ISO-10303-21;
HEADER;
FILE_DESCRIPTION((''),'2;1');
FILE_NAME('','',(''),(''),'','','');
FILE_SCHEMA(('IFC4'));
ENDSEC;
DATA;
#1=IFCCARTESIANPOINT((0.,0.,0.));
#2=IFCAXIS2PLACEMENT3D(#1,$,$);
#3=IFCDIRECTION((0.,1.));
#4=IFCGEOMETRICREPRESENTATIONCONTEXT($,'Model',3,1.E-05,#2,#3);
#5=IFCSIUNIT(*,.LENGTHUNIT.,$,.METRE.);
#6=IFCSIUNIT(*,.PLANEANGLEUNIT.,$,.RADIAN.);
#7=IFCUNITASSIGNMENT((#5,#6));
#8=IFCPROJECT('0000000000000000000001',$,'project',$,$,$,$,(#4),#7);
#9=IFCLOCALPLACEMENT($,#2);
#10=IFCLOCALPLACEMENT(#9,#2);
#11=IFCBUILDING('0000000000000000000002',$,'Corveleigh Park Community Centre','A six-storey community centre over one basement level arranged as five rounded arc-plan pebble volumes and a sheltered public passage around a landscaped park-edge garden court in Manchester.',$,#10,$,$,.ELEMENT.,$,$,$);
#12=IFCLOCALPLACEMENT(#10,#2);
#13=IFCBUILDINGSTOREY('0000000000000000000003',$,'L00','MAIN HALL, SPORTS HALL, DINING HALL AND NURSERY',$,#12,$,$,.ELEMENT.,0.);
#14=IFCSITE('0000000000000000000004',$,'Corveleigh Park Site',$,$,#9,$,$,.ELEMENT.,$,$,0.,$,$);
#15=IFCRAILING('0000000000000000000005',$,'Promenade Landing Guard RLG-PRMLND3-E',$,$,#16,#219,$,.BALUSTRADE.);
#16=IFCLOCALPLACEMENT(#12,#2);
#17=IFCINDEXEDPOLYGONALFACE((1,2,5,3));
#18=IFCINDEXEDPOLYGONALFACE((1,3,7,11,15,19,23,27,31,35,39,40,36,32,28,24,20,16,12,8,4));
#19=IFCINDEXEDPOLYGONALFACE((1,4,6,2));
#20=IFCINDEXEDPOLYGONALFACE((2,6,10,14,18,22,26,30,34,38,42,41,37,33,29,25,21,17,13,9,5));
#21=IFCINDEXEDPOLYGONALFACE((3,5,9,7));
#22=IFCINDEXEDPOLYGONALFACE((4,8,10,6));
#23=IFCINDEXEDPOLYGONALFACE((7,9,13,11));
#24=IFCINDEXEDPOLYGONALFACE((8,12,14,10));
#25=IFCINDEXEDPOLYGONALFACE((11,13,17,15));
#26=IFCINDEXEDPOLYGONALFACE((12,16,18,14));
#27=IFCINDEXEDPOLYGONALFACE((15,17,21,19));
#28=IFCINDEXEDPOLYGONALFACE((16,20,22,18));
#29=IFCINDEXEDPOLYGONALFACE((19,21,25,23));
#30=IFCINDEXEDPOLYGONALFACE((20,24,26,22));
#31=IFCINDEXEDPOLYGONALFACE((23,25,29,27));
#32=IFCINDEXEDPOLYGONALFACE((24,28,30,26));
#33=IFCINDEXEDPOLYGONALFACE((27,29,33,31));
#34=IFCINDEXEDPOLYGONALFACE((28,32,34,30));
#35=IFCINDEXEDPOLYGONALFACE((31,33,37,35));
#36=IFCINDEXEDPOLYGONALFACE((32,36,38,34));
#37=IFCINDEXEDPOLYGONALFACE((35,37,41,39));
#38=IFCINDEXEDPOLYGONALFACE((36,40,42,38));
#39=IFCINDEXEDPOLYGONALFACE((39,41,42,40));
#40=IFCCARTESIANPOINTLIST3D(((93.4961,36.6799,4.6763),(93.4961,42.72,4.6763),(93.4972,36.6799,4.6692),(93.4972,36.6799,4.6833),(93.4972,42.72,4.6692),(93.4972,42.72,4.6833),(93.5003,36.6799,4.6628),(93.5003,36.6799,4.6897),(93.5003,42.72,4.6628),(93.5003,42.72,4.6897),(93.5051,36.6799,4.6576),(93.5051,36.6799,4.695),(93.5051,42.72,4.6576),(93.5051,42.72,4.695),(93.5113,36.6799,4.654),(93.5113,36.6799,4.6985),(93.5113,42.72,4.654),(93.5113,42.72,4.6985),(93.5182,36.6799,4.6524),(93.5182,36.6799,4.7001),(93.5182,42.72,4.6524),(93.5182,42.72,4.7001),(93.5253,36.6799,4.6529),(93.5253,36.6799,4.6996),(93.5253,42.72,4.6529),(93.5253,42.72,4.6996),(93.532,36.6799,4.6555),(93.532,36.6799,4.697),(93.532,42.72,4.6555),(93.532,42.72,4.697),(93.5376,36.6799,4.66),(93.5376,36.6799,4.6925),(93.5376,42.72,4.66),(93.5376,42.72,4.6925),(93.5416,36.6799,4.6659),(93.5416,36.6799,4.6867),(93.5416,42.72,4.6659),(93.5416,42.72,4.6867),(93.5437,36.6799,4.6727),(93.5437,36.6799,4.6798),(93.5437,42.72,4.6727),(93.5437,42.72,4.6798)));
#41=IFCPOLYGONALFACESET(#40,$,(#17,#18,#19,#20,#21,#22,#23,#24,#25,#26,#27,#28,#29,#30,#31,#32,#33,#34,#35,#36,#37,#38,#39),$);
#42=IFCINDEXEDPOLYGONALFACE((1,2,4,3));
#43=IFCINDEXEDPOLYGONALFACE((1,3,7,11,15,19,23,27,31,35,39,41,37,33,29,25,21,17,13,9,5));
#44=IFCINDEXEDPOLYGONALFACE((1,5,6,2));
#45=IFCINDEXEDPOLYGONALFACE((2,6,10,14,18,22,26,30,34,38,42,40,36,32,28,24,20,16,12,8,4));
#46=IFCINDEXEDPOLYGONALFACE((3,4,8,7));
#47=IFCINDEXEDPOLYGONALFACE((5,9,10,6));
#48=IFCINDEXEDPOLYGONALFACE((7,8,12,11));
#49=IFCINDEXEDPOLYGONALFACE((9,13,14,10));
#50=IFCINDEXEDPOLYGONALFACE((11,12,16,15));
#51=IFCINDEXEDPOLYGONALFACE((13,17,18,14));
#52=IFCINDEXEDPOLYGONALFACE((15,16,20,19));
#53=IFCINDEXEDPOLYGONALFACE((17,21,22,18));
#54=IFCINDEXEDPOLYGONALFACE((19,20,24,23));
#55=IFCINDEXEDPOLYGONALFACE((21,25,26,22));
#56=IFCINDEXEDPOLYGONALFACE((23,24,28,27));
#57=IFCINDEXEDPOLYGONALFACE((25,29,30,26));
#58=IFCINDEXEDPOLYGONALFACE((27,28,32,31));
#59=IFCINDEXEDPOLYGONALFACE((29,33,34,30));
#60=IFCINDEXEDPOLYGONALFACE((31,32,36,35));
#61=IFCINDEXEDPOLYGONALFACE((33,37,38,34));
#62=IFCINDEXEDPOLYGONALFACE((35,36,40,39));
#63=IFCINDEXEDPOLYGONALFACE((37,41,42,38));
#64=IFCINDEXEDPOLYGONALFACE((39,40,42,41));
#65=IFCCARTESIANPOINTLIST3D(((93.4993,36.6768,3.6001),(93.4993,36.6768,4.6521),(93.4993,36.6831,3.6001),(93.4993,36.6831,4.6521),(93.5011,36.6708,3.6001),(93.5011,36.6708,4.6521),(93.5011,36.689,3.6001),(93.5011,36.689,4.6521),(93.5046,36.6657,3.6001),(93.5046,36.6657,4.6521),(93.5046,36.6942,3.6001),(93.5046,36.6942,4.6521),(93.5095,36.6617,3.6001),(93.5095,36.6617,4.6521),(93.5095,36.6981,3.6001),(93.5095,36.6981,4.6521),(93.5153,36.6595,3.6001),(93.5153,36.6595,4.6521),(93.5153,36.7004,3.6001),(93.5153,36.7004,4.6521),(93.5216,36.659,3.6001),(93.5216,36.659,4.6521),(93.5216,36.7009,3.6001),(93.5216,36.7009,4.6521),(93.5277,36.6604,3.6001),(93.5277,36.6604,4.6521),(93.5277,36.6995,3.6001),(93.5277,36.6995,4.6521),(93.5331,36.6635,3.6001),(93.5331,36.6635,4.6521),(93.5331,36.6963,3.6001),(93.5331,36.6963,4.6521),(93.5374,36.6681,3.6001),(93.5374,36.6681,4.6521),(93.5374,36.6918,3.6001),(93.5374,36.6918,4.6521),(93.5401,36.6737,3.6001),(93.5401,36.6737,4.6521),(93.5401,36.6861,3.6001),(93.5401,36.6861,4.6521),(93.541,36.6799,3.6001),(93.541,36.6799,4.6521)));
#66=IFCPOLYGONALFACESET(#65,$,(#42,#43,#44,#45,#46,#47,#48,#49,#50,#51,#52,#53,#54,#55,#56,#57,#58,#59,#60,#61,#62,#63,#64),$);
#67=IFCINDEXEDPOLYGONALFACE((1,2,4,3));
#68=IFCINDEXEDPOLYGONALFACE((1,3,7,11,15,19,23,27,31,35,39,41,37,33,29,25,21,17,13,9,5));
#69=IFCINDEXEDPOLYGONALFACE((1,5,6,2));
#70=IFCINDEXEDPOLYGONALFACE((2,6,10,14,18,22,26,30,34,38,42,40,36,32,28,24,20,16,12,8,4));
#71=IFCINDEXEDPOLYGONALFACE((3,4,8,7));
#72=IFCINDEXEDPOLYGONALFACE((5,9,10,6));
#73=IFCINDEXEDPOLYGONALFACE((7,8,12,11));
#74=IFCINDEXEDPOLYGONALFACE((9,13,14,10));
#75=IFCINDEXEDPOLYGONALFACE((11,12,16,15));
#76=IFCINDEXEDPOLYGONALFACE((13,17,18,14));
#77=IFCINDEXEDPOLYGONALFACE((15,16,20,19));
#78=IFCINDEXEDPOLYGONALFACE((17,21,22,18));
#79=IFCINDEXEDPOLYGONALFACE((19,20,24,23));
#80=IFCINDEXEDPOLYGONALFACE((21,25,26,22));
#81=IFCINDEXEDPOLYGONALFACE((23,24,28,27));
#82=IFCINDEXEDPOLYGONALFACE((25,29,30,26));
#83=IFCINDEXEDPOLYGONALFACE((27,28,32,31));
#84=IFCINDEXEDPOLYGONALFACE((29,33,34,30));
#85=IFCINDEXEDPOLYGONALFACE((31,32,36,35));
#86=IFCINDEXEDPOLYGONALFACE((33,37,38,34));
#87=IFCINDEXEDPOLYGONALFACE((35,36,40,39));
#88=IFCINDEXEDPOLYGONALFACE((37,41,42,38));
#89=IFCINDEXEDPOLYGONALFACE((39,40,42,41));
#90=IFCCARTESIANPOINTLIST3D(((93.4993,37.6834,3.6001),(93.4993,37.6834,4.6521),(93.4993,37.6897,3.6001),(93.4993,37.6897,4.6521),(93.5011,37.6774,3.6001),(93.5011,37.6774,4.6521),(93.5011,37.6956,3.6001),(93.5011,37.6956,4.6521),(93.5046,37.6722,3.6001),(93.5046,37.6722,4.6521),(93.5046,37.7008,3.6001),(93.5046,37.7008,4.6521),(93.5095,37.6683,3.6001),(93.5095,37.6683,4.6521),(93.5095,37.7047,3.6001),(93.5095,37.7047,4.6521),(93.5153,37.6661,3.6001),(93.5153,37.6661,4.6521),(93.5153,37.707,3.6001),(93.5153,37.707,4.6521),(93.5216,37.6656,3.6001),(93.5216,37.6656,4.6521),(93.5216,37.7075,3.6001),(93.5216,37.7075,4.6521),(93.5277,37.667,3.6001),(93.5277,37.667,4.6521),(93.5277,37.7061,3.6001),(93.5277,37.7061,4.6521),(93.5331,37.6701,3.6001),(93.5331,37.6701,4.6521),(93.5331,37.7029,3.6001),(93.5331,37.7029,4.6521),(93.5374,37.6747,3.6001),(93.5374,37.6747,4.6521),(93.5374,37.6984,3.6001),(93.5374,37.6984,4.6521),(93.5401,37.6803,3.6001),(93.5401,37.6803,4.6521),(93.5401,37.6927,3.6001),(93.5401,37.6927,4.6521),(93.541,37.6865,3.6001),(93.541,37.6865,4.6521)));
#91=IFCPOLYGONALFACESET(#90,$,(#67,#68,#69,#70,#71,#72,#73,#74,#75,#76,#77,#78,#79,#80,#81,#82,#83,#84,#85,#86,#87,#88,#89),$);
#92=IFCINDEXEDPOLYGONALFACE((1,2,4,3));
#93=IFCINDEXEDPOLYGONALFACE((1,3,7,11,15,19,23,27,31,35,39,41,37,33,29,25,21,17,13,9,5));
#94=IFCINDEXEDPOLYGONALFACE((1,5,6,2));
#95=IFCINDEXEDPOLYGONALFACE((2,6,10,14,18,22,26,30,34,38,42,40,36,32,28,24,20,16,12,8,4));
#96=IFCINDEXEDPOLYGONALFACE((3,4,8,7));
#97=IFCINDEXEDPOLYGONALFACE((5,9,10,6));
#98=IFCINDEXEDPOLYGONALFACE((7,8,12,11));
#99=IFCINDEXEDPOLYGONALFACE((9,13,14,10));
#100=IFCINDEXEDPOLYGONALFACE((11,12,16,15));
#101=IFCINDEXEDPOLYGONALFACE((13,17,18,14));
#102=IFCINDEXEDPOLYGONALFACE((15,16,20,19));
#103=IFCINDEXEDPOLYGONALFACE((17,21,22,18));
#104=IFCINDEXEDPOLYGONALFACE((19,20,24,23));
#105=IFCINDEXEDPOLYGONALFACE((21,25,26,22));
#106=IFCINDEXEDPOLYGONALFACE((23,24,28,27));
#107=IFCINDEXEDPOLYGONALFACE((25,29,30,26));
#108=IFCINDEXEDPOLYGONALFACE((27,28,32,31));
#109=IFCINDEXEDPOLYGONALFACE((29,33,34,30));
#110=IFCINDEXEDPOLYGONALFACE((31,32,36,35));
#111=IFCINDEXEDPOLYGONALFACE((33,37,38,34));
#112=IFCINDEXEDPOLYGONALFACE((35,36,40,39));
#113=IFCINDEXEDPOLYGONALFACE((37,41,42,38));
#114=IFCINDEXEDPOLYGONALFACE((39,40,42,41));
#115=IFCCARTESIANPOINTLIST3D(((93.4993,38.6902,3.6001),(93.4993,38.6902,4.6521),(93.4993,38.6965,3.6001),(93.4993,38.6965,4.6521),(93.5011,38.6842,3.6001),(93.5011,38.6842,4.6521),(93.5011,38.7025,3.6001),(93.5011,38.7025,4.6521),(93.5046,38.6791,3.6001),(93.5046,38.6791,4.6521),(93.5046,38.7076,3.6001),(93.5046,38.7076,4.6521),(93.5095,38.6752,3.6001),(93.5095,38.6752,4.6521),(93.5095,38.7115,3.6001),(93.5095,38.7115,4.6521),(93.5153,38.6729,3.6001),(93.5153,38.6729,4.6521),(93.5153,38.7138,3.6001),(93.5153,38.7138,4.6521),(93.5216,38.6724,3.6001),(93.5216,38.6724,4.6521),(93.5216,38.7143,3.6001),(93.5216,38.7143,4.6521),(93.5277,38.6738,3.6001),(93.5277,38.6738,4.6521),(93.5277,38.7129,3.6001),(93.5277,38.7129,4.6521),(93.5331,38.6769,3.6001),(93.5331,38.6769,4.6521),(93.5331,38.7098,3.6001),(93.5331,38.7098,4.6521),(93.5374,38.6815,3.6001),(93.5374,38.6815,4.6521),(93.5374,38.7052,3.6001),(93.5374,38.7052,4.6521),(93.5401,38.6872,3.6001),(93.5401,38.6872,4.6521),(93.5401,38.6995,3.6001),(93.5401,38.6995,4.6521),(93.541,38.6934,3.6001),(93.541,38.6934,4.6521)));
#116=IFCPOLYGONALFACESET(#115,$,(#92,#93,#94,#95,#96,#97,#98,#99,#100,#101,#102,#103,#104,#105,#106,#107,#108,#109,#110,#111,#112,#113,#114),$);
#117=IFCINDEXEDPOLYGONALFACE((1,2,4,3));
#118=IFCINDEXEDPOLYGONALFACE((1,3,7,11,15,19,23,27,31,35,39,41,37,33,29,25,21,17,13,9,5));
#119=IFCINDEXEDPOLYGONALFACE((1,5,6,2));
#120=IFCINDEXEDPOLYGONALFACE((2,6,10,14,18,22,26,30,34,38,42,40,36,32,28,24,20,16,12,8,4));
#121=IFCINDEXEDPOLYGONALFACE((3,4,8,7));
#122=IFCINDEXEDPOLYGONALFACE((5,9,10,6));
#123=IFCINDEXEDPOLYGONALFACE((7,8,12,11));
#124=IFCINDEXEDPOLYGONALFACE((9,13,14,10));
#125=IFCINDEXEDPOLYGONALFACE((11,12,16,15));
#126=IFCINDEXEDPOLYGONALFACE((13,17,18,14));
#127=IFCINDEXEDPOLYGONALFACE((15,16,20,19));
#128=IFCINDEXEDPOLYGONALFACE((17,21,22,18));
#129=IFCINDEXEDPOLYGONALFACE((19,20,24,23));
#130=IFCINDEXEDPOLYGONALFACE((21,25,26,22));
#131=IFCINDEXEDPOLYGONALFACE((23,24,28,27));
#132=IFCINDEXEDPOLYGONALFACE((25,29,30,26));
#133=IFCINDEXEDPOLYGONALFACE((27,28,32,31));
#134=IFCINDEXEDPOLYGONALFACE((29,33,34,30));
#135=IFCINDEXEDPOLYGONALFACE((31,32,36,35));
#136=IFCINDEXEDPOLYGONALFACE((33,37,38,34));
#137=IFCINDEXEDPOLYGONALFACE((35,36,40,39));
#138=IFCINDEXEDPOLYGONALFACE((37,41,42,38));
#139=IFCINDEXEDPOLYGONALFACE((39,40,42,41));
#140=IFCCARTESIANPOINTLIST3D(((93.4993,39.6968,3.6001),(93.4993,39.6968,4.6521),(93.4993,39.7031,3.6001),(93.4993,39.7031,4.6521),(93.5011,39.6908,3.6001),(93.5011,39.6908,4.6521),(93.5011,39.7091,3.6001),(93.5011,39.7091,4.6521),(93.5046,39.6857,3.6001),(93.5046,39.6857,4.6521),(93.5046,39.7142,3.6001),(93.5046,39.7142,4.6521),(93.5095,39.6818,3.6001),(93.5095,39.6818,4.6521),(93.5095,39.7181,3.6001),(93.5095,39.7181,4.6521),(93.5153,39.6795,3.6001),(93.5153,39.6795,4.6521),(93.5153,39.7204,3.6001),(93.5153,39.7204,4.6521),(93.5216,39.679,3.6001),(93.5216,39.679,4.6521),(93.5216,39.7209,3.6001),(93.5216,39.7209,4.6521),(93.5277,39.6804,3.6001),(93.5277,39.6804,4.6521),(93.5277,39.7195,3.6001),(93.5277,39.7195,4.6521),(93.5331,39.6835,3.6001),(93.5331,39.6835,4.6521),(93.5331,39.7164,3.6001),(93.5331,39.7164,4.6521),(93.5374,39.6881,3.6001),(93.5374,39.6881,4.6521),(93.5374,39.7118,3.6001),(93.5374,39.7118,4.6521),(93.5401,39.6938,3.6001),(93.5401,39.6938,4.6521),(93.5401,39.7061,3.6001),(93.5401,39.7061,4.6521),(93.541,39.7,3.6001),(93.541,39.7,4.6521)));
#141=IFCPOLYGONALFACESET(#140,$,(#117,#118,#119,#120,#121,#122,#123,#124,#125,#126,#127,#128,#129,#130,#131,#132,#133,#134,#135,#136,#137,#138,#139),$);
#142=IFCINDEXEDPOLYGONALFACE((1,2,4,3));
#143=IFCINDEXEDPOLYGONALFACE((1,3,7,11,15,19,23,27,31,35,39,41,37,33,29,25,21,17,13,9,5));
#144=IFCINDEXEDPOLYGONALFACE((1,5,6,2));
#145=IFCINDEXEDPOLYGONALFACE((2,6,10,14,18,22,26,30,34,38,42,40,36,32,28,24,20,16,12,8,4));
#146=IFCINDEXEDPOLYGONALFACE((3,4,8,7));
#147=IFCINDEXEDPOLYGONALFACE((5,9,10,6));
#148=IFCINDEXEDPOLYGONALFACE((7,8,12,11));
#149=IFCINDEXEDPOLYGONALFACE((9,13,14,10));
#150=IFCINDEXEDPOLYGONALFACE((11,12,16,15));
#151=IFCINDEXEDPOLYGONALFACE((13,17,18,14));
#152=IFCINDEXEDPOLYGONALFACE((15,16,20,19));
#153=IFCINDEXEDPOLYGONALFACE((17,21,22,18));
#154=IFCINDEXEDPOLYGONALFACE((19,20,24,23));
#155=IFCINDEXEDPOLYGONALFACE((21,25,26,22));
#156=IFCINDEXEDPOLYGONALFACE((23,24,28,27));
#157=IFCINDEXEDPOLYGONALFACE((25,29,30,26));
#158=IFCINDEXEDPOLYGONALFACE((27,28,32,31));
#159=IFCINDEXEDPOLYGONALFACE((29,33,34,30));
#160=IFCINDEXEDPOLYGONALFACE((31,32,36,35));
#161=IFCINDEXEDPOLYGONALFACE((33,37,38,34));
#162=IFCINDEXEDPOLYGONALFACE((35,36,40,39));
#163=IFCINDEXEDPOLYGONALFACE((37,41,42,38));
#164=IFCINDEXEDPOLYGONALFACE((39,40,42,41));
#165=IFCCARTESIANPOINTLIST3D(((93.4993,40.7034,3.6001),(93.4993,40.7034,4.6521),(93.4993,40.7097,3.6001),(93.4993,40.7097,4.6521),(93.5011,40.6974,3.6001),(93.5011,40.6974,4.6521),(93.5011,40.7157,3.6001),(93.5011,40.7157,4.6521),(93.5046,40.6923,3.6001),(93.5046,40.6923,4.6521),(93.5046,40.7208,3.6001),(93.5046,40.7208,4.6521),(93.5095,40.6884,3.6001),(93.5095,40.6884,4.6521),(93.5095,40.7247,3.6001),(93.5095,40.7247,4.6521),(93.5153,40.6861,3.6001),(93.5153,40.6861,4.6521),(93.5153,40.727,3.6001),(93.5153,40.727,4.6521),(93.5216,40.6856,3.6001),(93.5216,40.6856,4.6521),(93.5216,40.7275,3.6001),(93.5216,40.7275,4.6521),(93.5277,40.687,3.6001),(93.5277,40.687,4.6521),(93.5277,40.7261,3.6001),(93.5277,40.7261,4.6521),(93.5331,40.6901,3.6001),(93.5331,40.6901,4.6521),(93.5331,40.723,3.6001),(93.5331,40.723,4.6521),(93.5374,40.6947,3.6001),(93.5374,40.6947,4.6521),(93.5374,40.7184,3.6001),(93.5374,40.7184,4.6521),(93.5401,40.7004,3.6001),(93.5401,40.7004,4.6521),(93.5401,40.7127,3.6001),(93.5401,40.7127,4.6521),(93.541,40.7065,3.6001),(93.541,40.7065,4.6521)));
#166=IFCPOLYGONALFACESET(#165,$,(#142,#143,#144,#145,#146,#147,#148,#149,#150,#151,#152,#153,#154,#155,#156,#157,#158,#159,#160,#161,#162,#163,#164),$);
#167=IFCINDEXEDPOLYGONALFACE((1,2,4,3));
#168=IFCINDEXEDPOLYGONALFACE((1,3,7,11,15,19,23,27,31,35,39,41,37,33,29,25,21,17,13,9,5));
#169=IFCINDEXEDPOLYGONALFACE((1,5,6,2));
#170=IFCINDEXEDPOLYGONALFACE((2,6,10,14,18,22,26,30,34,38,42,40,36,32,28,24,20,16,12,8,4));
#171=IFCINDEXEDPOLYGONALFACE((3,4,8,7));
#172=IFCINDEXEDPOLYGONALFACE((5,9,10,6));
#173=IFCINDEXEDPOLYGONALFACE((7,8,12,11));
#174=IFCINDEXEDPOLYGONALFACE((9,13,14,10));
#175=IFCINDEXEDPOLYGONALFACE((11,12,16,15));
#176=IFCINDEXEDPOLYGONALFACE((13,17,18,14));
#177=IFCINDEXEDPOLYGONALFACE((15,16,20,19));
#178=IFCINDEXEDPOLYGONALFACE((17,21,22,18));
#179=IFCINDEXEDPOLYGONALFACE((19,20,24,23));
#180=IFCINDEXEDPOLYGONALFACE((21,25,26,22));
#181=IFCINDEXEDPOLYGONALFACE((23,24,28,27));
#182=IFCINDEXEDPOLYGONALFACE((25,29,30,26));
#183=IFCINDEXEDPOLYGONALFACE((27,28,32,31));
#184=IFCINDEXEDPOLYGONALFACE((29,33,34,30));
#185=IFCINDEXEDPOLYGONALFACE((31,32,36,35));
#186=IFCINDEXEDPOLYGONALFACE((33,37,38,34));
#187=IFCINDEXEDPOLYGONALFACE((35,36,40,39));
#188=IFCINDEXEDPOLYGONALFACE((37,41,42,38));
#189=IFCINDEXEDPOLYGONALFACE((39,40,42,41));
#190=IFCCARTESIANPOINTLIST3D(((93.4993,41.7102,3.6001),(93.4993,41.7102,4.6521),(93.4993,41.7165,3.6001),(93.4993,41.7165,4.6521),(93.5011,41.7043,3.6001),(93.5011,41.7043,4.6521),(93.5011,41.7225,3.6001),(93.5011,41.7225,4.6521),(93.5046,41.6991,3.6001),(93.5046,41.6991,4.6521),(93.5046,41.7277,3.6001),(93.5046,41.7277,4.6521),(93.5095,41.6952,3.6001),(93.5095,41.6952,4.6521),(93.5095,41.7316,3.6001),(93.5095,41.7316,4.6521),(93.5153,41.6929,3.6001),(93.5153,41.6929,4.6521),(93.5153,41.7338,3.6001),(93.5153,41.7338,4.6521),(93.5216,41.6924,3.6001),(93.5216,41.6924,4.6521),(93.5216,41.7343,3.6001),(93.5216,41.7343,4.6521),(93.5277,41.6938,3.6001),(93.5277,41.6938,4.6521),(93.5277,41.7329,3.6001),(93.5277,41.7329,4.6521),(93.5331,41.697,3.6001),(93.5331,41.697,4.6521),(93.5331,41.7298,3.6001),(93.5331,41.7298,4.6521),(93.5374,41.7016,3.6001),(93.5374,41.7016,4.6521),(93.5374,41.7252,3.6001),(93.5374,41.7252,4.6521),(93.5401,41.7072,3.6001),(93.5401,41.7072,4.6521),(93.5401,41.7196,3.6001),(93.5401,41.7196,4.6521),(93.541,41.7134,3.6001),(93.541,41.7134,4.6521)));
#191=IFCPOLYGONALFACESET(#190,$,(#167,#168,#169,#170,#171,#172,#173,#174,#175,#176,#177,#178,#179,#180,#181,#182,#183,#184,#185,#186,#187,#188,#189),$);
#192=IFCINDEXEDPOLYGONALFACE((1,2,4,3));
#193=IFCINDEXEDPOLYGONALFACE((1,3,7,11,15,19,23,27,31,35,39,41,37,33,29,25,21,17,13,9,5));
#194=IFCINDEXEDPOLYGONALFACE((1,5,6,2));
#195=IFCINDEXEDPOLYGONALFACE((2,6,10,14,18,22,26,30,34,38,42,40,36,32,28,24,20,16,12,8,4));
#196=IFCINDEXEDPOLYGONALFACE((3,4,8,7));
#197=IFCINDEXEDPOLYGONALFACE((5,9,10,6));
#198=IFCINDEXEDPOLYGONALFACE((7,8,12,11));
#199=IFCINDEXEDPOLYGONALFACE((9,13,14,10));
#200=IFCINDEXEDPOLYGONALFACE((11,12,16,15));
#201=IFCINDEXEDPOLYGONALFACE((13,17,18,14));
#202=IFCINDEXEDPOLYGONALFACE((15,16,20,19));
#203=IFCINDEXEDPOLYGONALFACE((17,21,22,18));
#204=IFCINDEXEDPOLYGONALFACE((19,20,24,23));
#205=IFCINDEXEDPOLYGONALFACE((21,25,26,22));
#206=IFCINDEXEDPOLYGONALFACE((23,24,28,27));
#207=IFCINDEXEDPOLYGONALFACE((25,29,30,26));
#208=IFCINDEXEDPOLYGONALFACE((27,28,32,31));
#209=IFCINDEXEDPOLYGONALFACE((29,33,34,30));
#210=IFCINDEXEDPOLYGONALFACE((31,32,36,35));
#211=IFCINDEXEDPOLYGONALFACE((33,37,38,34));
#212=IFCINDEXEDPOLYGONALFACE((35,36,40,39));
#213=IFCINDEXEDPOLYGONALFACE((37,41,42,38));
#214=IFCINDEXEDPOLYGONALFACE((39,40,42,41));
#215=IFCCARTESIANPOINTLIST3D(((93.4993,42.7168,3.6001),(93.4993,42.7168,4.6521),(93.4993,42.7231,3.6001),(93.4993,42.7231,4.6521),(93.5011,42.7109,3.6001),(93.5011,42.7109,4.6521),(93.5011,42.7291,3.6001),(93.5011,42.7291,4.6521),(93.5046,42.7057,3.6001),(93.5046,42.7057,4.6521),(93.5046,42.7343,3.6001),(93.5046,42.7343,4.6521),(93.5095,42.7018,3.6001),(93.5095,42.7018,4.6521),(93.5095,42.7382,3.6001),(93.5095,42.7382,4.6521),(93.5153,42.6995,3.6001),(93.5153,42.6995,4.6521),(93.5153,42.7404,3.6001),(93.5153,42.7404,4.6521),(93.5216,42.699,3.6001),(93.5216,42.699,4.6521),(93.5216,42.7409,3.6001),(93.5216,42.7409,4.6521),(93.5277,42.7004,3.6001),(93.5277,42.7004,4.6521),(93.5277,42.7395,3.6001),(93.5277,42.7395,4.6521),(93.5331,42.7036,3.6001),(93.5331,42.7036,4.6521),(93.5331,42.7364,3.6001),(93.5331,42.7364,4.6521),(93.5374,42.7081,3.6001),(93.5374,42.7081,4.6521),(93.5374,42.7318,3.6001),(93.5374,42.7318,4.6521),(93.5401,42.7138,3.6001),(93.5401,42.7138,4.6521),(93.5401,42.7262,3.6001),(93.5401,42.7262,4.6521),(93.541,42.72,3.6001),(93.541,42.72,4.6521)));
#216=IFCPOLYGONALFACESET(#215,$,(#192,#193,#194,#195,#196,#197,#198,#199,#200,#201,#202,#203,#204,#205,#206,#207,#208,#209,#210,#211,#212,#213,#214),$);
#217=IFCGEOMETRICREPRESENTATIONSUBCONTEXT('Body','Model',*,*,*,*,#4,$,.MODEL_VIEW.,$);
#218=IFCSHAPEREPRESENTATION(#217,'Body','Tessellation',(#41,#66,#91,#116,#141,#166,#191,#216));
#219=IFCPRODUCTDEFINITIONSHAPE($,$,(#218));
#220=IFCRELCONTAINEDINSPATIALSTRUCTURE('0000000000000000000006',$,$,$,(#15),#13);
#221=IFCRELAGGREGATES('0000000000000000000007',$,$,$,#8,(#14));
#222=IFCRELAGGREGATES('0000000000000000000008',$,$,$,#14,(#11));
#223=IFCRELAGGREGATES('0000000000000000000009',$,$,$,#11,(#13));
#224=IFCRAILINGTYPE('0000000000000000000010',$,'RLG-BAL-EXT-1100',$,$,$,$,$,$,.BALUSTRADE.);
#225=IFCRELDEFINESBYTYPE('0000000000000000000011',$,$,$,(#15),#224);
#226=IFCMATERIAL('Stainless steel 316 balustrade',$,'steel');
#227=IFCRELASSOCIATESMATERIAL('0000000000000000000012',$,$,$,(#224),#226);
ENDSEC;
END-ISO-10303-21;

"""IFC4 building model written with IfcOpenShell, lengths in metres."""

from ifc_helpers import new_model, si_unit, direction, frame, origin, origin_2d, place, context, subcontext, project, spatial, circle, extrude, material, type_object, element, save


model = new_model("IFC4")

# Units and contexts
model_context = context("Model", 3, precision=1e-05, world=origin(), true_north=direction((0.0, 1.0)))
body_context = subcontext(model_context, "Body", "Model", "MODEL_VIEW")
ifc_project = project(units=[si_unit("LENGTHUNIT", "METRE"), si_unit("PLANEANGLEUNIT", "RADIAN")], contexts=[model_context])

# Site, building, storey
site_placement = place(None, origin())
site = spatial("IfcSite", under=ifc_project, at=site_placement, Name="Corveleigh Park Site", CompositionType="ELEMENT", RefElevation=0.0)
building_placement = place(site_placement, origin())
building = spatial("IfcBuilding", under=site, at=building_placement, Name="Corveleigh Park Community Centre", Description="A six-storey community centre over one basement level arranged as five rounded arc-plan pebble volumes and a sheltered public passage around a landscaped park-edge garden court in Manchester.", CompositionType="ELEMENT")
storey_placement = place(building_placement, origin())
storey = spatial("IfcBuildingStorey", under=building, at=storey_placement, Name="L00", Description="MAIN HALL, SPORTS HALL, DINING HALL AND NURSERY", CompositionType="ELEMENT", Elevation=0.0)

# Railing
ifc_material_1 = material(Name="Stainless steel 316 balustrade", Category="steel")
railing_type = type_object("IfcRailingType", Name="RLG-BAL-EXT-1100", PredefinedType="BALUSTRADE", material=ifc_material_1)
railing_1_placement = place(storey_placement, frame((93.52, 36.6799, 3.6001)))
element("IfcRailing", 1, at=railing_1_placement, inside=storey, type_object=railing_type, Name="Promenade Landing Guard RLG-PRMLND3-E", PredefinedType="BALUSTRADE", context=body_context, shape_type="SweptSolid", body=[
    extrude(circle(Radius=0.0239, at=origin_2d()), frame((0.0, 0.0, 1.0762), z_axis=(0.0, 1.0, 0.0), x_axis=(-1.0, 0.0, 0.0)), (0.0, 0.0, 1.0), 6.04),
    extrude(circle(Radius=0.021, at=origin_2d()), origin(), (0.0, 0.0, 1.0), 1.052),
    extrude(circle(Radius=0.021, at=origin_2d()), frame((0.0, 1.0066, 0.0)), (0.0, 0.0, 1.0), 1.052),
    extrude(circle(Radius=0.021, at=origin_2d()), frame((0.0, 2.0134, 0.0)), (0.0, 0.0, 1.0), 1.052),
    extrude(circle(Radius=0.021, at=origin_2d()), frame((0.0, 3.02, 0.0)), (0.0, 0.0, 1.0), 1.052),
    extrude(circle(Radius=0.021, at=origin_2d()), frame((0.0, 4.0266, 0.0)), (0.0, 0.0, 1.0), 1.052),
    extrude(circle(Radius=0.021, at=origin_2d()), frame((0.0, 5.0334, 0.0)), (0.0, 0.0, 1.0), 1.052),
    extrude(circle(Radius=0.021, at=origin_2d()), frame((0.0, 6.04, 0.0)), (0.0, 0.0, 1.0), 1.052),
])

save(model, "model.ifc")
